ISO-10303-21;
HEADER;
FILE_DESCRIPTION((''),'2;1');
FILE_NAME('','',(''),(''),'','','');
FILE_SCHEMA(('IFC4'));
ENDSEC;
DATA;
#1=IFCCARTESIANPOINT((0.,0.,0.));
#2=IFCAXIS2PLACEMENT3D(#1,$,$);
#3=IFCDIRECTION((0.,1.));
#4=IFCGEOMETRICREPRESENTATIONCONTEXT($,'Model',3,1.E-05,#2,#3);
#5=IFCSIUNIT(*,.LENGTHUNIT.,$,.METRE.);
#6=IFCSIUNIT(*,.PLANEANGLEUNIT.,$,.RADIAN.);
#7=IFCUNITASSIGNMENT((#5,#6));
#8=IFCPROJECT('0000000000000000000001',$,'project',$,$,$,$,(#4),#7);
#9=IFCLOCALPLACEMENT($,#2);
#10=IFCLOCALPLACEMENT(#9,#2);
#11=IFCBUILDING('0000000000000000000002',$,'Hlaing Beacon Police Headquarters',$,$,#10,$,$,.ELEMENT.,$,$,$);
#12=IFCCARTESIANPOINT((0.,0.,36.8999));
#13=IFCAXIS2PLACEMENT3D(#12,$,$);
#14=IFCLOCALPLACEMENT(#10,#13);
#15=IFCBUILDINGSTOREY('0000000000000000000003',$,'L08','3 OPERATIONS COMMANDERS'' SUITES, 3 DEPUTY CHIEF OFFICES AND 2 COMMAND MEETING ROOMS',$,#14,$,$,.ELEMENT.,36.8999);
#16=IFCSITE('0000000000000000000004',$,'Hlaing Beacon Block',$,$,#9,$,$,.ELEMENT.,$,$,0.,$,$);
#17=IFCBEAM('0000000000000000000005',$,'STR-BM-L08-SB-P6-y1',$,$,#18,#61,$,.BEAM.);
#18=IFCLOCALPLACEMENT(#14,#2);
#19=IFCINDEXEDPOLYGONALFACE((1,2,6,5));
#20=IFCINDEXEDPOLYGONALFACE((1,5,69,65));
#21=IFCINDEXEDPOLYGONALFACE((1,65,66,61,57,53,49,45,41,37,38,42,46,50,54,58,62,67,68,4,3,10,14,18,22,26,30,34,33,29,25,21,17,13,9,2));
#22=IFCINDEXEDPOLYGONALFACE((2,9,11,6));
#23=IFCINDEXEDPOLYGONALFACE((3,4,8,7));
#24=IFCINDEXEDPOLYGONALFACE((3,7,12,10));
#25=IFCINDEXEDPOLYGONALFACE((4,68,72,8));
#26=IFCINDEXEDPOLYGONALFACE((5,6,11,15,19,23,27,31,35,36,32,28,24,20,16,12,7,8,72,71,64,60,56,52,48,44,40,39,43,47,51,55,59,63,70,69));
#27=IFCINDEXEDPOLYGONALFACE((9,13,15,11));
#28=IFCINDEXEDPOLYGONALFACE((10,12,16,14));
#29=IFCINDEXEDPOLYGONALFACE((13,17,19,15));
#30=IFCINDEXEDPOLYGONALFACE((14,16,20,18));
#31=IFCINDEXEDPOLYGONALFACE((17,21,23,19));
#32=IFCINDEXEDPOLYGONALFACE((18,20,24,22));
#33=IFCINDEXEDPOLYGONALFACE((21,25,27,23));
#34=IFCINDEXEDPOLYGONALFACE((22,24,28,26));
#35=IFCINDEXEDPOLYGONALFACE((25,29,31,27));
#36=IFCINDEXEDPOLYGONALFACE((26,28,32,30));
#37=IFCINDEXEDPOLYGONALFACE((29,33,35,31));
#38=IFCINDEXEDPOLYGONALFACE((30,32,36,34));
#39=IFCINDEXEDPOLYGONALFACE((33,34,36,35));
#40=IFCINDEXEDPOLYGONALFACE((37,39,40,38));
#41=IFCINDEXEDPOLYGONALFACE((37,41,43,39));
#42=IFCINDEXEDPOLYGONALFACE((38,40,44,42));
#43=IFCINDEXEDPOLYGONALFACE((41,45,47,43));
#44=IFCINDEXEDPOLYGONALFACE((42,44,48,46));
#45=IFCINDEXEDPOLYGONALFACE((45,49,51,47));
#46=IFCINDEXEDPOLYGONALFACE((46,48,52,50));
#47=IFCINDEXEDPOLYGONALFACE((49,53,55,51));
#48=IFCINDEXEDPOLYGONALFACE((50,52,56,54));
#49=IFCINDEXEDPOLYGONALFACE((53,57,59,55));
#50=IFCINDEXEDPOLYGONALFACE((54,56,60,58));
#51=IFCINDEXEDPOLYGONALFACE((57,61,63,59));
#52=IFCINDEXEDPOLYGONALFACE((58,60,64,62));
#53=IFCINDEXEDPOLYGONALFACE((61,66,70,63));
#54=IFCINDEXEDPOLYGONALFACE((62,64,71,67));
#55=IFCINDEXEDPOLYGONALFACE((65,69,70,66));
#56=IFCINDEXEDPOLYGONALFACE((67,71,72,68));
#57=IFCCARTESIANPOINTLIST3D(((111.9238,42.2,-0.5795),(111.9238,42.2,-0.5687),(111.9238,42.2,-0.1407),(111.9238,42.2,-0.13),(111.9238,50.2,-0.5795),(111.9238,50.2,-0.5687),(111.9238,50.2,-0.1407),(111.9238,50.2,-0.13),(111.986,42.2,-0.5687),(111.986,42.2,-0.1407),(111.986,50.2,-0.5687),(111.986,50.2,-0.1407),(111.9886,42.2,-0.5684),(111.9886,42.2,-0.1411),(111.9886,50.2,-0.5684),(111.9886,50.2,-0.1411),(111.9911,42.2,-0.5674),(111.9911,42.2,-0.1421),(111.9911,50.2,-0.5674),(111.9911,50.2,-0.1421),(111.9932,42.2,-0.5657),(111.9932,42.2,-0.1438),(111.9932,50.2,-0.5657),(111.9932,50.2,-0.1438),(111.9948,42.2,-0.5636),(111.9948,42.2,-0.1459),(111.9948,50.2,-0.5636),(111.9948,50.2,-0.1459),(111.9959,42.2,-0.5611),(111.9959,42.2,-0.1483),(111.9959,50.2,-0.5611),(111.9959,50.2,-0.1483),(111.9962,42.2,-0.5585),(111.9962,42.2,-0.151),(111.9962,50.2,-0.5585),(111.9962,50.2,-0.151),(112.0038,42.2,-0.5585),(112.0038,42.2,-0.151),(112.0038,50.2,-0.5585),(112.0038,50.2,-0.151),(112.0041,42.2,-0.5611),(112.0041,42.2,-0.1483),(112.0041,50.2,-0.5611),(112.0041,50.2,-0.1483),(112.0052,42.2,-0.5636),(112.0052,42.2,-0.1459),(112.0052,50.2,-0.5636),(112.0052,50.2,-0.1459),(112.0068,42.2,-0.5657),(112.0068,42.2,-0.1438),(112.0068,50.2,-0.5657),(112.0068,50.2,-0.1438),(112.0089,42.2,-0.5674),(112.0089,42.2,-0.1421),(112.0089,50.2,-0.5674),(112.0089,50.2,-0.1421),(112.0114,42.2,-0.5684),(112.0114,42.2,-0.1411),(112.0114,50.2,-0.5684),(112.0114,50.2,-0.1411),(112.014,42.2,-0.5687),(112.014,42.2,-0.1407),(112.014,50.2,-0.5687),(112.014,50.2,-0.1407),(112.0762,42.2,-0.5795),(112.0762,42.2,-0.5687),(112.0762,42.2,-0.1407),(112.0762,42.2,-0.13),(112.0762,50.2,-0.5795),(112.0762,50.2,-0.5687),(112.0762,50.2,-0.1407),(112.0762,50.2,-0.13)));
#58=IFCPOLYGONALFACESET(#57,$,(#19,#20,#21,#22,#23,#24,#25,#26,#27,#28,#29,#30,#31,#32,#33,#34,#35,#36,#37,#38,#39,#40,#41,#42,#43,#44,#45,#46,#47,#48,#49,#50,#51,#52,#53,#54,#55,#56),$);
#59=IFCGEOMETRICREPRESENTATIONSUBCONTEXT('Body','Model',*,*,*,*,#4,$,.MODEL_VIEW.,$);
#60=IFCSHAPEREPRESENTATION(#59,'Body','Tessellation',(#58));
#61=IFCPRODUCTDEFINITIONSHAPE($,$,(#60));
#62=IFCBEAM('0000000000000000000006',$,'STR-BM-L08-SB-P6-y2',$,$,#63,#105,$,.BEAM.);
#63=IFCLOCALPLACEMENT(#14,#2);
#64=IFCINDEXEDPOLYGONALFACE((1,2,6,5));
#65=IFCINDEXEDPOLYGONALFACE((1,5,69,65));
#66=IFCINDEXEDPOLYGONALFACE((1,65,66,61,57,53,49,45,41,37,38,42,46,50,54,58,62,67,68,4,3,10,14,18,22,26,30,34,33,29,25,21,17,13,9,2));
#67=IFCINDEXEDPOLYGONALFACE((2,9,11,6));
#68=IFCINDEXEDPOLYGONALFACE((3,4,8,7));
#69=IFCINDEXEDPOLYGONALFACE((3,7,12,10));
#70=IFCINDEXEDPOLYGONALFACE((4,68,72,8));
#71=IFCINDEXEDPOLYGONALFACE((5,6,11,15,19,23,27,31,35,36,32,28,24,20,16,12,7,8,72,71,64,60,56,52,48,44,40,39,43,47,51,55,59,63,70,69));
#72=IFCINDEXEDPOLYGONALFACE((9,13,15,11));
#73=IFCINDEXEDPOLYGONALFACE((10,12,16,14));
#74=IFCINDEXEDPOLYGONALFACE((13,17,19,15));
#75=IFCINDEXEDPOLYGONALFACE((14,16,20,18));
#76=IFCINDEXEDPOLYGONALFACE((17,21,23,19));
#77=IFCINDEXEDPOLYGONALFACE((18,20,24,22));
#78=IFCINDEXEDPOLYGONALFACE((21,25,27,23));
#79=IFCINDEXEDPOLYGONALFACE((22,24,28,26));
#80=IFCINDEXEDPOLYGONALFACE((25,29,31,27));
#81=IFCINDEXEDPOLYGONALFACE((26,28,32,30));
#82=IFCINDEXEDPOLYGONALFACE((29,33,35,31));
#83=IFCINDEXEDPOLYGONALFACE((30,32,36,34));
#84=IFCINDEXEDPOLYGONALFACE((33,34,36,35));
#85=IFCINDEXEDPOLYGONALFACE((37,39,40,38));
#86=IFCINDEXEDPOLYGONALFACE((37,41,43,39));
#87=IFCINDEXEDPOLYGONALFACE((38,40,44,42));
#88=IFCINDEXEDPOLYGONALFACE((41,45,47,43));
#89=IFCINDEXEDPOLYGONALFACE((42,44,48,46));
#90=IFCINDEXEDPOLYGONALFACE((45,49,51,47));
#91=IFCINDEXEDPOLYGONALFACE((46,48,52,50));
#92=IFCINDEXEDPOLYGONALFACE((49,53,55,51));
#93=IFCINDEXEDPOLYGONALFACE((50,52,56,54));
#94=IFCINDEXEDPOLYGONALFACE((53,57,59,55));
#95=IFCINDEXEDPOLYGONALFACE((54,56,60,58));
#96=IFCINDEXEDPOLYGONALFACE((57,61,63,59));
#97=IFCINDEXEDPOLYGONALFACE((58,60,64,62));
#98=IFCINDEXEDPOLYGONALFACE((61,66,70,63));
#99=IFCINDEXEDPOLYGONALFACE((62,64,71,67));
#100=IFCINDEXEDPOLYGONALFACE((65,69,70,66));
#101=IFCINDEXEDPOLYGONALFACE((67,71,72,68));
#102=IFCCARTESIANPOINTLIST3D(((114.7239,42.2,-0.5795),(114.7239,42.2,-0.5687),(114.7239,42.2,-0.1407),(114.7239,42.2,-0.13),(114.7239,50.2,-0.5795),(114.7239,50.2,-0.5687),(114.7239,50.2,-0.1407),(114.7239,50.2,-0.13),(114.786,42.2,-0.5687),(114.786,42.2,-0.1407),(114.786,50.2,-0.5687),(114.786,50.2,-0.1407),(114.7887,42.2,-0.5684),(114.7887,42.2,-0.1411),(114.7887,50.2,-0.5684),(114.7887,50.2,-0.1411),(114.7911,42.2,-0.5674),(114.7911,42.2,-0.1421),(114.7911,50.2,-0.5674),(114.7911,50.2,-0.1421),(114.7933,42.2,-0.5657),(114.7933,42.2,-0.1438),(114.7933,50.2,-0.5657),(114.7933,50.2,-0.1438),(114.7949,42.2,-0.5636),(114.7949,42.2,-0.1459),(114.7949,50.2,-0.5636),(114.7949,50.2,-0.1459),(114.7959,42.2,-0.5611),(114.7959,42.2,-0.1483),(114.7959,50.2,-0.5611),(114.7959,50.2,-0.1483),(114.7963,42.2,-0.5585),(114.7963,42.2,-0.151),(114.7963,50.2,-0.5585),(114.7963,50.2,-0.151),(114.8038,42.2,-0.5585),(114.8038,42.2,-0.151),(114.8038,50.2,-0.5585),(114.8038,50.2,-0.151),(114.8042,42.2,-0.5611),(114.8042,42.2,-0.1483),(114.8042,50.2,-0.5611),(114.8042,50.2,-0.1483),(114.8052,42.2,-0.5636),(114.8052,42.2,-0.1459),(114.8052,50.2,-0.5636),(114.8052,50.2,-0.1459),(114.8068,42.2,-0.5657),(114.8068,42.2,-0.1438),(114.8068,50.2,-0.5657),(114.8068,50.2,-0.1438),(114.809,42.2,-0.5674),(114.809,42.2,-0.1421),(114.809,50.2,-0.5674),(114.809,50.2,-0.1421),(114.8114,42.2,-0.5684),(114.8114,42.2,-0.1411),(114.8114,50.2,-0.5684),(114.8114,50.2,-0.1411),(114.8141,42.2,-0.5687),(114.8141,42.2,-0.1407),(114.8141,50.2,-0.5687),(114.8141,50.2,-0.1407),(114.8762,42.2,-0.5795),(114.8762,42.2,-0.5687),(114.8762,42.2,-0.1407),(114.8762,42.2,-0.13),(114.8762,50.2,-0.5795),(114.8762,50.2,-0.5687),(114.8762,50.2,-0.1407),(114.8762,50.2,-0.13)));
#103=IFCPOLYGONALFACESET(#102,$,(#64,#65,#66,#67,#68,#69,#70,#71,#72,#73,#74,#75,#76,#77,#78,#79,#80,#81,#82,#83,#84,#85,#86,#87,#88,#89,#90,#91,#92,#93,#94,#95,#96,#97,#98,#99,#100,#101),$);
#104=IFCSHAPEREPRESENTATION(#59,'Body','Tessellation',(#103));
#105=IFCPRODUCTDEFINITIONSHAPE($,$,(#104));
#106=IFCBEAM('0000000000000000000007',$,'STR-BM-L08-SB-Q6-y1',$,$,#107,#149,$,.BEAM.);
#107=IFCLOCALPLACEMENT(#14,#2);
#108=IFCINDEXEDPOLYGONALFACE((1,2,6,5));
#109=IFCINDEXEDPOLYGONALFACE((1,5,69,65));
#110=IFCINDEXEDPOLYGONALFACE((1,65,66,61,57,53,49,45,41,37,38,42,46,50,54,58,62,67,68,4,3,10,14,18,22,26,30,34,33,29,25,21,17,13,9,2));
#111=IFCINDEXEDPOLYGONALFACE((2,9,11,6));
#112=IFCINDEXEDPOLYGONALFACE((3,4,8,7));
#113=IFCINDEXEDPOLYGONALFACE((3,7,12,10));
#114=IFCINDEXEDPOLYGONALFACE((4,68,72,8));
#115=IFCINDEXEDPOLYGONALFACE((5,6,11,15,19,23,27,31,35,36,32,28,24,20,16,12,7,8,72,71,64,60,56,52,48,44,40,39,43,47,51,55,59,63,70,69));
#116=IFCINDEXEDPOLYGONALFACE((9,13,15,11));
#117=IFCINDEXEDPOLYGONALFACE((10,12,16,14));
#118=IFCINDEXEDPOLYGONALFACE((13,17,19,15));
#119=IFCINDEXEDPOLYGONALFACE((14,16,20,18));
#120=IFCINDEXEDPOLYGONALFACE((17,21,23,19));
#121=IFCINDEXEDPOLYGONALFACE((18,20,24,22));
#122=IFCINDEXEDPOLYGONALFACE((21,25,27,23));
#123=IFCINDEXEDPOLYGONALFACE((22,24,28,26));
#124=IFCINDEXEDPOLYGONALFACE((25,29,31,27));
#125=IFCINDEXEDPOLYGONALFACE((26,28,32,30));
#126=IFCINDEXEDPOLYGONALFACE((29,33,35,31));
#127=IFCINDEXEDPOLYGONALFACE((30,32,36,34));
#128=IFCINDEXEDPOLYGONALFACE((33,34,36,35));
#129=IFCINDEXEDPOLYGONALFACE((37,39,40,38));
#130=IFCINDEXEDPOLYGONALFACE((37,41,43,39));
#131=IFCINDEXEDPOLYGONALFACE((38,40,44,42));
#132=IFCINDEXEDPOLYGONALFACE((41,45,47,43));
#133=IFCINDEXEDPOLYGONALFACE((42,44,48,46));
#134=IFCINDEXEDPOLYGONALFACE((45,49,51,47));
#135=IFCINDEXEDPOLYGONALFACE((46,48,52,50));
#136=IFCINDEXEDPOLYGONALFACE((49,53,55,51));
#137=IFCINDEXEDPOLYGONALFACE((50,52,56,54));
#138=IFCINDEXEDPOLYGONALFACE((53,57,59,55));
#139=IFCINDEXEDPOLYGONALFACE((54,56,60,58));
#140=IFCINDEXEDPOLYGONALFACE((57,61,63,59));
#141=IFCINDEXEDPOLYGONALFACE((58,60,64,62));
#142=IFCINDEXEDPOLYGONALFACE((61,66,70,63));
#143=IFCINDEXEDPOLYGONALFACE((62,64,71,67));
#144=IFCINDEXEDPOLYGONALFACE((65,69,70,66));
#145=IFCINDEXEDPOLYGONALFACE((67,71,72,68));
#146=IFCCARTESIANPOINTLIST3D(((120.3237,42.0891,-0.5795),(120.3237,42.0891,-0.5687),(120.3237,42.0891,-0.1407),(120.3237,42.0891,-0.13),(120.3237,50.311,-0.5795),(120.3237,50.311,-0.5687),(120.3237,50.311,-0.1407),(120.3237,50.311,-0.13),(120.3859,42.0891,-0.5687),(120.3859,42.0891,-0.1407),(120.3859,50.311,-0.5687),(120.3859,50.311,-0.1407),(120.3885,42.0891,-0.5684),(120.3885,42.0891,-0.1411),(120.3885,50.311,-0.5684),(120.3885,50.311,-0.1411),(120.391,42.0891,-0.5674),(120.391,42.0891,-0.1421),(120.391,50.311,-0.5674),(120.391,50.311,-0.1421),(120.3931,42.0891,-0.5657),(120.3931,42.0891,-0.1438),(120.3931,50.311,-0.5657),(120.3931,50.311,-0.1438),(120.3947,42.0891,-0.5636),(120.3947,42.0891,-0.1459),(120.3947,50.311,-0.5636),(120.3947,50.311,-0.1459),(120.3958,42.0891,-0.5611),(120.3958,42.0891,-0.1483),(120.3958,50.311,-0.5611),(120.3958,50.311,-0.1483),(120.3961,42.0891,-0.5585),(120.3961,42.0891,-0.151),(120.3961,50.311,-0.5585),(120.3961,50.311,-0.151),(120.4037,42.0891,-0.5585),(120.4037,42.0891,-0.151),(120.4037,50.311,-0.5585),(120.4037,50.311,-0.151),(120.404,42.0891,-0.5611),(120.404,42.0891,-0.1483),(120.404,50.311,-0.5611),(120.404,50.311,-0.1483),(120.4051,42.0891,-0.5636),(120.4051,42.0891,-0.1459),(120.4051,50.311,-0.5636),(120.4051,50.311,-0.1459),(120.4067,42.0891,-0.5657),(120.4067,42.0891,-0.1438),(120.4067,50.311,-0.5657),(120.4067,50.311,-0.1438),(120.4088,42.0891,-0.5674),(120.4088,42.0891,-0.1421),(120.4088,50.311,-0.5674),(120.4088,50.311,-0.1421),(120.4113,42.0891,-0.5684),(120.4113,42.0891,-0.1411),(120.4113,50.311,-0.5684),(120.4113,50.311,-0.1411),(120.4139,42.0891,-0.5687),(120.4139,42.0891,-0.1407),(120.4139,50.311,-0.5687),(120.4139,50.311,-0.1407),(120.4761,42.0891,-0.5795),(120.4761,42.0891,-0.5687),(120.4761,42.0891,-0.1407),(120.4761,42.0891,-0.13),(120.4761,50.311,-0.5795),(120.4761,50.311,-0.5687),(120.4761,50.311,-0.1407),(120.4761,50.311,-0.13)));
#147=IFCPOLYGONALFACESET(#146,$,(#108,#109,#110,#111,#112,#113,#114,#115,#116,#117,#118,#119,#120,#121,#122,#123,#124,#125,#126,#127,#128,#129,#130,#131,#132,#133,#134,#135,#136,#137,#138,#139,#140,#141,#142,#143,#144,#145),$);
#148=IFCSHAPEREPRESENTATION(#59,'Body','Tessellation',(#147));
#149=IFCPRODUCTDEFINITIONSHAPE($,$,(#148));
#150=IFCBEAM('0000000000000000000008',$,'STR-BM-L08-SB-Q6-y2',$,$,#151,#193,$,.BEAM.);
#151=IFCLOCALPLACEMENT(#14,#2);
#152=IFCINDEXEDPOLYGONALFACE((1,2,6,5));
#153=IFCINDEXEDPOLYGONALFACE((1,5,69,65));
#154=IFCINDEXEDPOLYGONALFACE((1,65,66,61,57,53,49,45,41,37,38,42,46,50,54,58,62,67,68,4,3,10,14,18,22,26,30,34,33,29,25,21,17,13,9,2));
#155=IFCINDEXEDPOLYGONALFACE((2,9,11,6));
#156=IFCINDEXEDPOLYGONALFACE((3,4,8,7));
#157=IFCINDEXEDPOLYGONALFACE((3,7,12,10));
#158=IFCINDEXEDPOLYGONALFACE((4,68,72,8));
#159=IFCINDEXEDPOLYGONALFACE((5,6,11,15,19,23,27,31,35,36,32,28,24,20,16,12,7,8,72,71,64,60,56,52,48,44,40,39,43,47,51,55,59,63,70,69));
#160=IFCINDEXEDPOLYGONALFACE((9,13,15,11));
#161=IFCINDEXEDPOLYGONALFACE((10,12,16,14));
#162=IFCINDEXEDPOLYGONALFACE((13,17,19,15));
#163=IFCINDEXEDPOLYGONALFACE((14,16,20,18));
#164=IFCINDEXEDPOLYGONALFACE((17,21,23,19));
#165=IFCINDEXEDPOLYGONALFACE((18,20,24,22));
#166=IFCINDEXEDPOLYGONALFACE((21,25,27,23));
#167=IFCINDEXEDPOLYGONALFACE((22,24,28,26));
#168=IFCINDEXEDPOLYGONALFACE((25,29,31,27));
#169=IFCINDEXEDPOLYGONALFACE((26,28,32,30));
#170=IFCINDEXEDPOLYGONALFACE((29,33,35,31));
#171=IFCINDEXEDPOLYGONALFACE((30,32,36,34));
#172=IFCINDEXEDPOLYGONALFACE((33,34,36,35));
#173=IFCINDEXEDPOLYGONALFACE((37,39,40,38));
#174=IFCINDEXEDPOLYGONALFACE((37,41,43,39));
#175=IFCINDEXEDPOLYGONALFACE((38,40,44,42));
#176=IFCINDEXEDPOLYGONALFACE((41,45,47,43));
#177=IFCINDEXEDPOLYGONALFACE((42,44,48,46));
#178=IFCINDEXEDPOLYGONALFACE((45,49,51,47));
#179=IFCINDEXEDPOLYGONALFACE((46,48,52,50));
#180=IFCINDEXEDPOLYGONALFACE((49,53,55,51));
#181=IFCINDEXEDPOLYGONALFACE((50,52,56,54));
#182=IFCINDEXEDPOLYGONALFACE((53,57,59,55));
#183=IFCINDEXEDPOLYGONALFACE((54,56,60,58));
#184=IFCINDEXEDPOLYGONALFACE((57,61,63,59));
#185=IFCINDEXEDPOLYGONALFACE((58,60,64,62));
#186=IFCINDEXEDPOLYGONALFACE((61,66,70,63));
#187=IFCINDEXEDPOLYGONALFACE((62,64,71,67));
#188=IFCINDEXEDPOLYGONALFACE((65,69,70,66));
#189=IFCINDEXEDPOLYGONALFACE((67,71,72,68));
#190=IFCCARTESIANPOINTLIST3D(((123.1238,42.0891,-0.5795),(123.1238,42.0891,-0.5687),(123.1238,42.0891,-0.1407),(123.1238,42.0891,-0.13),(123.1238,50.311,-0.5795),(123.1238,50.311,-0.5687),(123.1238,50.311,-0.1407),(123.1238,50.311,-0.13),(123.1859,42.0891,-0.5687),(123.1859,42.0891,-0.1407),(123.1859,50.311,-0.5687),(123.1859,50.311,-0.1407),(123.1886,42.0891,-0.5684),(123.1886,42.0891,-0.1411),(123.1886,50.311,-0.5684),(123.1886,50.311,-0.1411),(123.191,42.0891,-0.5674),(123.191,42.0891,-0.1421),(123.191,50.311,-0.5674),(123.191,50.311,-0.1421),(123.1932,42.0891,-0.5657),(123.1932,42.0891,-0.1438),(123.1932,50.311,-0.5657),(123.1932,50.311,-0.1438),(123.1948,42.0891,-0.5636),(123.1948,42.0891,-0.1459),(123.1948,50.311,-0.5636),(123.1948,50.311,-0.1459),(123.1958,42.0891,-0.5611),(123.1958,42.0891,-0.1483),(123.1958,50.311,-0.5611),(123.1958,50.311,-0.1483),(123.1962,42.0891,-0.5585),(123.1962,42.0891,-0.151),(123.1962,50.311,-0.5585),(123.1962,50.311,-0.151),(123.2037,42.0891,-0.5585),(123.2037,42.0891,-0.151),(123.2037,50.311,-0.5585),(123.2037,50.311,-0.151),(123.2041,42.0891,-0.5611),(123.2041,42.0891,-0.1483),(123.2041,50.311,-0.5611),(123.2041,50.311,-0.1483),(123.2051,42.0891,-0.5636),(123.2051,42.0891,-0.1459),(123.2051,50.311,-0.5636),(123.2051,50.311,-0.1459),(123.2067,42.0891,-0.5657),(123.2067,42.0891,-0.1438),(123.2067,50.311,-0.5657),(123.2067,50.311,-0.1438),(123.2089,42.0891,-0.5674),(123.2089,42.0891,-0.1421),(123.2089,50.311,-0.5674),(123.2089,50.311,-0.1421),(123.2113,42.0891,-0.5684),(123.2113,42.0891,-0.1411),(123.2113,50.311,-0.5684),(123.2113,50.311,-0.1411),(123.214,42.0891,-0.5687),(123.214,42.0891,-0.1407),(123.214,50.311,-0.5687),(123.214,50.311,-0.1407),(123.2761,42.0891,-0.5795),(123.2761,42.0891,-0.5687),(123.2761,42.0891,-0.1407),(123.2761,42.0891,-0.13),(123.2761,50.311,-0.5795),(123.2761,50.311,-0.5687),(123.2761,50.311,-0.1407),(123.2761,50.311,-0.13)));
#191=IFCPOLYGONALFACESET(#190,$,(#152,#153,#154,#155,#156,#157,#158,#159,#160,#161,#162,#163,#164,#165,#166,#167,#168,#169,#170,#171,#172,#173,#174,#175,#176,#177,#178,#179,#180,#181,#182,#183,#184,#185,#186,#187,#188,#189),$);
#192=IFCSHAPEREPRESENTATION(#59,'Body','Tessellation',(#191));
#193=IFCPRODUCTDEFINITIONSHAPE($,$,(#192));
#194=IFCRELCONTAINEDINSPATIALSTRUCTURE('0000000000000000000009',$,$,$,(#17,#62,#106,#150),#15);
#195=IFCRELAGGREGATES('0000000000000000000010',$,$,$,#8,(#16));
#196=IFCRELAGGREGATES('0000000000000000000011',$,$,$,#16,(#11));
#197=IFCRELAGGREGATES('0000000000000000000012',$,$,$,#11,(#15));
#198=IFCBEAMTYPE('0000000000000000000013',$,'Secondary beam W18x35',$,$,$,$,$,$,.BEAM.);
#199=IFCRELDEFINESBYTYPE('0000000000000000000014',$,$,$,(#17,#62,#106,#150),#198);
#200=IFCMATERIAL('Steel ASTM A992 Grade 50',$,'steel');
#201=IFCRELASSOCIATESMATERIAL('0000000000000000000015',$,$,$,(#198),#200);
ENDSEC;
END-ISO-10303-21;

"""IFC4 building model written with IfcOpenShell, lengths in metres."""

from ifc_helpers import new_model, si_unit, direction, frame, origin, origin_2d, place, context, subcontext, project, spatial, i_section, extrude, material, material_profile, profile_set, type_object, element, save


model = new_model("IFC4")

# Units and contexts
model_context = context("Model", 3, precision=1e-05, world=origin(), true_north=direction((0.0, 1.0)))
body_context = subcontext(model_context, "Body", "Model", "MODEL_VIEW")
ifc_project = project(units=[si_unit("LENGTHUNIT", "METRE"), si_unit("PLANEANGLEUNIT", "RADIAN")], contexts=[model_context])

# Site, building, storey
site_placement = place(None, origin())
site = spatial("IfcSite", under=ifc_project, at=site_placement, Name="Hlaing Beacon Block", CompositionType="ELEMENT", RefElevation=0.0)
building_placement = place(site_placement, origin())
building = spatial("IfcBuilding", under=site, at=building_placement, Name="Hlaing Beacon Police Headquarters", CompositionType="ELEMENT")
storey_placement = place(building_placement, frame((0.0, 0.0, 36.8999)))
storey = spatial("IfcBuildingStorey", under=building, at=storey_placement, Name="L08", Description="3 OPERATIONS COMMANDERS' SUITES, 3 DEPUTY CHIEF OFFICES AND 2 COMMAND MEETING ROOMS", CompositionType="ELEMENT", Elevation=36.8999)

# Beams
ifc_material_1 = material(Name="Steel ASTM A992 Grade 50", Category="steel")
ifc_material_profile_1 = material_profile(ifc_material_1, i_section(OverallWidth=0.1523, OverallDepth=0.4495, WebThickness=0.0076, FlangeThickness=0.0107, FilletRadius=0.0103, at=origin_2d()), Name="W18x35")
ifc_profile_set_1 = profile_set([ifc_material_profile_1], Name="Steel ASTM A992 Grade 50")
beam_type_1 = type_object("IfcBeamType", Name="Secondary beam W18x35", PredefinedType="BEAM", material=ifc_profile_set_1)
for number, where, z_axis, x_axis, name in (
    (1, (112.0, 42.2, -0.3547), (0.0, 1.0, 0.0), (-1.0, 0.0, 0.0), "STR-BM-L08-SB-P6-y1"),
    (2, (114.8, 42.2, -0.3547), (0.0, 1.0, 0.0), (-1.0, 0.0, 0.0), "STR-BM-L08-SB-P6-y2"),
):
    element("IfcBeam", number, at=place(storey_placement, frame(where, z_axis=z_axis, x_axis=x_axis)), inside=storey, type_object=beam_type_1, Name=name, PredefinedType="BEAM", context=body_context, shape_type="SweptSolid", body=[
        extrude(i_section(OverallWidth=0.1523, OverallDepth=0.4495, WebThickness=0.0076, FlangeThickness=0.0107, FilletRadius=0.0103, at=origin_2d()), origin(), (0.0, 0.0, 1.0), 8.0),
    ])
for number, where, z_axis, x_axis, name in (
    (3, (120.3999, 42.0891, -0.3547), (0.0, 1.0, 0.0), (-1.0, 0.0, 0.0), "STR-BM-L08-SB-Q6-y1"),
    (4, (123.2, 42.0891, -0.3547), (0.0, 1.0, 0.0), (-1.0, 0.0, 0.0), "STR-BM-L08-SB-Q6-y2"),
):
    element("IfcBeam", number, at=place(storey_placement, frame(where, z_axis=z_axis, x_axis=x_axis)), inside=storey, type_object=beam_type_1, Name=name, PredefinedType="BEAM", context=body_context, shape_type="SweptSolid", body=[
        extrude(i_section(OverallWidth=0.1523, OverallDepth=0.4495, WebThickness=0.0076, FlangeThickness=0.0107, FilletRadius=0.0103, at=origin_2d()), origin(), (0.0, 0.0, 1.0), 8.2219),
    ])

save(model, "model.ifc")
